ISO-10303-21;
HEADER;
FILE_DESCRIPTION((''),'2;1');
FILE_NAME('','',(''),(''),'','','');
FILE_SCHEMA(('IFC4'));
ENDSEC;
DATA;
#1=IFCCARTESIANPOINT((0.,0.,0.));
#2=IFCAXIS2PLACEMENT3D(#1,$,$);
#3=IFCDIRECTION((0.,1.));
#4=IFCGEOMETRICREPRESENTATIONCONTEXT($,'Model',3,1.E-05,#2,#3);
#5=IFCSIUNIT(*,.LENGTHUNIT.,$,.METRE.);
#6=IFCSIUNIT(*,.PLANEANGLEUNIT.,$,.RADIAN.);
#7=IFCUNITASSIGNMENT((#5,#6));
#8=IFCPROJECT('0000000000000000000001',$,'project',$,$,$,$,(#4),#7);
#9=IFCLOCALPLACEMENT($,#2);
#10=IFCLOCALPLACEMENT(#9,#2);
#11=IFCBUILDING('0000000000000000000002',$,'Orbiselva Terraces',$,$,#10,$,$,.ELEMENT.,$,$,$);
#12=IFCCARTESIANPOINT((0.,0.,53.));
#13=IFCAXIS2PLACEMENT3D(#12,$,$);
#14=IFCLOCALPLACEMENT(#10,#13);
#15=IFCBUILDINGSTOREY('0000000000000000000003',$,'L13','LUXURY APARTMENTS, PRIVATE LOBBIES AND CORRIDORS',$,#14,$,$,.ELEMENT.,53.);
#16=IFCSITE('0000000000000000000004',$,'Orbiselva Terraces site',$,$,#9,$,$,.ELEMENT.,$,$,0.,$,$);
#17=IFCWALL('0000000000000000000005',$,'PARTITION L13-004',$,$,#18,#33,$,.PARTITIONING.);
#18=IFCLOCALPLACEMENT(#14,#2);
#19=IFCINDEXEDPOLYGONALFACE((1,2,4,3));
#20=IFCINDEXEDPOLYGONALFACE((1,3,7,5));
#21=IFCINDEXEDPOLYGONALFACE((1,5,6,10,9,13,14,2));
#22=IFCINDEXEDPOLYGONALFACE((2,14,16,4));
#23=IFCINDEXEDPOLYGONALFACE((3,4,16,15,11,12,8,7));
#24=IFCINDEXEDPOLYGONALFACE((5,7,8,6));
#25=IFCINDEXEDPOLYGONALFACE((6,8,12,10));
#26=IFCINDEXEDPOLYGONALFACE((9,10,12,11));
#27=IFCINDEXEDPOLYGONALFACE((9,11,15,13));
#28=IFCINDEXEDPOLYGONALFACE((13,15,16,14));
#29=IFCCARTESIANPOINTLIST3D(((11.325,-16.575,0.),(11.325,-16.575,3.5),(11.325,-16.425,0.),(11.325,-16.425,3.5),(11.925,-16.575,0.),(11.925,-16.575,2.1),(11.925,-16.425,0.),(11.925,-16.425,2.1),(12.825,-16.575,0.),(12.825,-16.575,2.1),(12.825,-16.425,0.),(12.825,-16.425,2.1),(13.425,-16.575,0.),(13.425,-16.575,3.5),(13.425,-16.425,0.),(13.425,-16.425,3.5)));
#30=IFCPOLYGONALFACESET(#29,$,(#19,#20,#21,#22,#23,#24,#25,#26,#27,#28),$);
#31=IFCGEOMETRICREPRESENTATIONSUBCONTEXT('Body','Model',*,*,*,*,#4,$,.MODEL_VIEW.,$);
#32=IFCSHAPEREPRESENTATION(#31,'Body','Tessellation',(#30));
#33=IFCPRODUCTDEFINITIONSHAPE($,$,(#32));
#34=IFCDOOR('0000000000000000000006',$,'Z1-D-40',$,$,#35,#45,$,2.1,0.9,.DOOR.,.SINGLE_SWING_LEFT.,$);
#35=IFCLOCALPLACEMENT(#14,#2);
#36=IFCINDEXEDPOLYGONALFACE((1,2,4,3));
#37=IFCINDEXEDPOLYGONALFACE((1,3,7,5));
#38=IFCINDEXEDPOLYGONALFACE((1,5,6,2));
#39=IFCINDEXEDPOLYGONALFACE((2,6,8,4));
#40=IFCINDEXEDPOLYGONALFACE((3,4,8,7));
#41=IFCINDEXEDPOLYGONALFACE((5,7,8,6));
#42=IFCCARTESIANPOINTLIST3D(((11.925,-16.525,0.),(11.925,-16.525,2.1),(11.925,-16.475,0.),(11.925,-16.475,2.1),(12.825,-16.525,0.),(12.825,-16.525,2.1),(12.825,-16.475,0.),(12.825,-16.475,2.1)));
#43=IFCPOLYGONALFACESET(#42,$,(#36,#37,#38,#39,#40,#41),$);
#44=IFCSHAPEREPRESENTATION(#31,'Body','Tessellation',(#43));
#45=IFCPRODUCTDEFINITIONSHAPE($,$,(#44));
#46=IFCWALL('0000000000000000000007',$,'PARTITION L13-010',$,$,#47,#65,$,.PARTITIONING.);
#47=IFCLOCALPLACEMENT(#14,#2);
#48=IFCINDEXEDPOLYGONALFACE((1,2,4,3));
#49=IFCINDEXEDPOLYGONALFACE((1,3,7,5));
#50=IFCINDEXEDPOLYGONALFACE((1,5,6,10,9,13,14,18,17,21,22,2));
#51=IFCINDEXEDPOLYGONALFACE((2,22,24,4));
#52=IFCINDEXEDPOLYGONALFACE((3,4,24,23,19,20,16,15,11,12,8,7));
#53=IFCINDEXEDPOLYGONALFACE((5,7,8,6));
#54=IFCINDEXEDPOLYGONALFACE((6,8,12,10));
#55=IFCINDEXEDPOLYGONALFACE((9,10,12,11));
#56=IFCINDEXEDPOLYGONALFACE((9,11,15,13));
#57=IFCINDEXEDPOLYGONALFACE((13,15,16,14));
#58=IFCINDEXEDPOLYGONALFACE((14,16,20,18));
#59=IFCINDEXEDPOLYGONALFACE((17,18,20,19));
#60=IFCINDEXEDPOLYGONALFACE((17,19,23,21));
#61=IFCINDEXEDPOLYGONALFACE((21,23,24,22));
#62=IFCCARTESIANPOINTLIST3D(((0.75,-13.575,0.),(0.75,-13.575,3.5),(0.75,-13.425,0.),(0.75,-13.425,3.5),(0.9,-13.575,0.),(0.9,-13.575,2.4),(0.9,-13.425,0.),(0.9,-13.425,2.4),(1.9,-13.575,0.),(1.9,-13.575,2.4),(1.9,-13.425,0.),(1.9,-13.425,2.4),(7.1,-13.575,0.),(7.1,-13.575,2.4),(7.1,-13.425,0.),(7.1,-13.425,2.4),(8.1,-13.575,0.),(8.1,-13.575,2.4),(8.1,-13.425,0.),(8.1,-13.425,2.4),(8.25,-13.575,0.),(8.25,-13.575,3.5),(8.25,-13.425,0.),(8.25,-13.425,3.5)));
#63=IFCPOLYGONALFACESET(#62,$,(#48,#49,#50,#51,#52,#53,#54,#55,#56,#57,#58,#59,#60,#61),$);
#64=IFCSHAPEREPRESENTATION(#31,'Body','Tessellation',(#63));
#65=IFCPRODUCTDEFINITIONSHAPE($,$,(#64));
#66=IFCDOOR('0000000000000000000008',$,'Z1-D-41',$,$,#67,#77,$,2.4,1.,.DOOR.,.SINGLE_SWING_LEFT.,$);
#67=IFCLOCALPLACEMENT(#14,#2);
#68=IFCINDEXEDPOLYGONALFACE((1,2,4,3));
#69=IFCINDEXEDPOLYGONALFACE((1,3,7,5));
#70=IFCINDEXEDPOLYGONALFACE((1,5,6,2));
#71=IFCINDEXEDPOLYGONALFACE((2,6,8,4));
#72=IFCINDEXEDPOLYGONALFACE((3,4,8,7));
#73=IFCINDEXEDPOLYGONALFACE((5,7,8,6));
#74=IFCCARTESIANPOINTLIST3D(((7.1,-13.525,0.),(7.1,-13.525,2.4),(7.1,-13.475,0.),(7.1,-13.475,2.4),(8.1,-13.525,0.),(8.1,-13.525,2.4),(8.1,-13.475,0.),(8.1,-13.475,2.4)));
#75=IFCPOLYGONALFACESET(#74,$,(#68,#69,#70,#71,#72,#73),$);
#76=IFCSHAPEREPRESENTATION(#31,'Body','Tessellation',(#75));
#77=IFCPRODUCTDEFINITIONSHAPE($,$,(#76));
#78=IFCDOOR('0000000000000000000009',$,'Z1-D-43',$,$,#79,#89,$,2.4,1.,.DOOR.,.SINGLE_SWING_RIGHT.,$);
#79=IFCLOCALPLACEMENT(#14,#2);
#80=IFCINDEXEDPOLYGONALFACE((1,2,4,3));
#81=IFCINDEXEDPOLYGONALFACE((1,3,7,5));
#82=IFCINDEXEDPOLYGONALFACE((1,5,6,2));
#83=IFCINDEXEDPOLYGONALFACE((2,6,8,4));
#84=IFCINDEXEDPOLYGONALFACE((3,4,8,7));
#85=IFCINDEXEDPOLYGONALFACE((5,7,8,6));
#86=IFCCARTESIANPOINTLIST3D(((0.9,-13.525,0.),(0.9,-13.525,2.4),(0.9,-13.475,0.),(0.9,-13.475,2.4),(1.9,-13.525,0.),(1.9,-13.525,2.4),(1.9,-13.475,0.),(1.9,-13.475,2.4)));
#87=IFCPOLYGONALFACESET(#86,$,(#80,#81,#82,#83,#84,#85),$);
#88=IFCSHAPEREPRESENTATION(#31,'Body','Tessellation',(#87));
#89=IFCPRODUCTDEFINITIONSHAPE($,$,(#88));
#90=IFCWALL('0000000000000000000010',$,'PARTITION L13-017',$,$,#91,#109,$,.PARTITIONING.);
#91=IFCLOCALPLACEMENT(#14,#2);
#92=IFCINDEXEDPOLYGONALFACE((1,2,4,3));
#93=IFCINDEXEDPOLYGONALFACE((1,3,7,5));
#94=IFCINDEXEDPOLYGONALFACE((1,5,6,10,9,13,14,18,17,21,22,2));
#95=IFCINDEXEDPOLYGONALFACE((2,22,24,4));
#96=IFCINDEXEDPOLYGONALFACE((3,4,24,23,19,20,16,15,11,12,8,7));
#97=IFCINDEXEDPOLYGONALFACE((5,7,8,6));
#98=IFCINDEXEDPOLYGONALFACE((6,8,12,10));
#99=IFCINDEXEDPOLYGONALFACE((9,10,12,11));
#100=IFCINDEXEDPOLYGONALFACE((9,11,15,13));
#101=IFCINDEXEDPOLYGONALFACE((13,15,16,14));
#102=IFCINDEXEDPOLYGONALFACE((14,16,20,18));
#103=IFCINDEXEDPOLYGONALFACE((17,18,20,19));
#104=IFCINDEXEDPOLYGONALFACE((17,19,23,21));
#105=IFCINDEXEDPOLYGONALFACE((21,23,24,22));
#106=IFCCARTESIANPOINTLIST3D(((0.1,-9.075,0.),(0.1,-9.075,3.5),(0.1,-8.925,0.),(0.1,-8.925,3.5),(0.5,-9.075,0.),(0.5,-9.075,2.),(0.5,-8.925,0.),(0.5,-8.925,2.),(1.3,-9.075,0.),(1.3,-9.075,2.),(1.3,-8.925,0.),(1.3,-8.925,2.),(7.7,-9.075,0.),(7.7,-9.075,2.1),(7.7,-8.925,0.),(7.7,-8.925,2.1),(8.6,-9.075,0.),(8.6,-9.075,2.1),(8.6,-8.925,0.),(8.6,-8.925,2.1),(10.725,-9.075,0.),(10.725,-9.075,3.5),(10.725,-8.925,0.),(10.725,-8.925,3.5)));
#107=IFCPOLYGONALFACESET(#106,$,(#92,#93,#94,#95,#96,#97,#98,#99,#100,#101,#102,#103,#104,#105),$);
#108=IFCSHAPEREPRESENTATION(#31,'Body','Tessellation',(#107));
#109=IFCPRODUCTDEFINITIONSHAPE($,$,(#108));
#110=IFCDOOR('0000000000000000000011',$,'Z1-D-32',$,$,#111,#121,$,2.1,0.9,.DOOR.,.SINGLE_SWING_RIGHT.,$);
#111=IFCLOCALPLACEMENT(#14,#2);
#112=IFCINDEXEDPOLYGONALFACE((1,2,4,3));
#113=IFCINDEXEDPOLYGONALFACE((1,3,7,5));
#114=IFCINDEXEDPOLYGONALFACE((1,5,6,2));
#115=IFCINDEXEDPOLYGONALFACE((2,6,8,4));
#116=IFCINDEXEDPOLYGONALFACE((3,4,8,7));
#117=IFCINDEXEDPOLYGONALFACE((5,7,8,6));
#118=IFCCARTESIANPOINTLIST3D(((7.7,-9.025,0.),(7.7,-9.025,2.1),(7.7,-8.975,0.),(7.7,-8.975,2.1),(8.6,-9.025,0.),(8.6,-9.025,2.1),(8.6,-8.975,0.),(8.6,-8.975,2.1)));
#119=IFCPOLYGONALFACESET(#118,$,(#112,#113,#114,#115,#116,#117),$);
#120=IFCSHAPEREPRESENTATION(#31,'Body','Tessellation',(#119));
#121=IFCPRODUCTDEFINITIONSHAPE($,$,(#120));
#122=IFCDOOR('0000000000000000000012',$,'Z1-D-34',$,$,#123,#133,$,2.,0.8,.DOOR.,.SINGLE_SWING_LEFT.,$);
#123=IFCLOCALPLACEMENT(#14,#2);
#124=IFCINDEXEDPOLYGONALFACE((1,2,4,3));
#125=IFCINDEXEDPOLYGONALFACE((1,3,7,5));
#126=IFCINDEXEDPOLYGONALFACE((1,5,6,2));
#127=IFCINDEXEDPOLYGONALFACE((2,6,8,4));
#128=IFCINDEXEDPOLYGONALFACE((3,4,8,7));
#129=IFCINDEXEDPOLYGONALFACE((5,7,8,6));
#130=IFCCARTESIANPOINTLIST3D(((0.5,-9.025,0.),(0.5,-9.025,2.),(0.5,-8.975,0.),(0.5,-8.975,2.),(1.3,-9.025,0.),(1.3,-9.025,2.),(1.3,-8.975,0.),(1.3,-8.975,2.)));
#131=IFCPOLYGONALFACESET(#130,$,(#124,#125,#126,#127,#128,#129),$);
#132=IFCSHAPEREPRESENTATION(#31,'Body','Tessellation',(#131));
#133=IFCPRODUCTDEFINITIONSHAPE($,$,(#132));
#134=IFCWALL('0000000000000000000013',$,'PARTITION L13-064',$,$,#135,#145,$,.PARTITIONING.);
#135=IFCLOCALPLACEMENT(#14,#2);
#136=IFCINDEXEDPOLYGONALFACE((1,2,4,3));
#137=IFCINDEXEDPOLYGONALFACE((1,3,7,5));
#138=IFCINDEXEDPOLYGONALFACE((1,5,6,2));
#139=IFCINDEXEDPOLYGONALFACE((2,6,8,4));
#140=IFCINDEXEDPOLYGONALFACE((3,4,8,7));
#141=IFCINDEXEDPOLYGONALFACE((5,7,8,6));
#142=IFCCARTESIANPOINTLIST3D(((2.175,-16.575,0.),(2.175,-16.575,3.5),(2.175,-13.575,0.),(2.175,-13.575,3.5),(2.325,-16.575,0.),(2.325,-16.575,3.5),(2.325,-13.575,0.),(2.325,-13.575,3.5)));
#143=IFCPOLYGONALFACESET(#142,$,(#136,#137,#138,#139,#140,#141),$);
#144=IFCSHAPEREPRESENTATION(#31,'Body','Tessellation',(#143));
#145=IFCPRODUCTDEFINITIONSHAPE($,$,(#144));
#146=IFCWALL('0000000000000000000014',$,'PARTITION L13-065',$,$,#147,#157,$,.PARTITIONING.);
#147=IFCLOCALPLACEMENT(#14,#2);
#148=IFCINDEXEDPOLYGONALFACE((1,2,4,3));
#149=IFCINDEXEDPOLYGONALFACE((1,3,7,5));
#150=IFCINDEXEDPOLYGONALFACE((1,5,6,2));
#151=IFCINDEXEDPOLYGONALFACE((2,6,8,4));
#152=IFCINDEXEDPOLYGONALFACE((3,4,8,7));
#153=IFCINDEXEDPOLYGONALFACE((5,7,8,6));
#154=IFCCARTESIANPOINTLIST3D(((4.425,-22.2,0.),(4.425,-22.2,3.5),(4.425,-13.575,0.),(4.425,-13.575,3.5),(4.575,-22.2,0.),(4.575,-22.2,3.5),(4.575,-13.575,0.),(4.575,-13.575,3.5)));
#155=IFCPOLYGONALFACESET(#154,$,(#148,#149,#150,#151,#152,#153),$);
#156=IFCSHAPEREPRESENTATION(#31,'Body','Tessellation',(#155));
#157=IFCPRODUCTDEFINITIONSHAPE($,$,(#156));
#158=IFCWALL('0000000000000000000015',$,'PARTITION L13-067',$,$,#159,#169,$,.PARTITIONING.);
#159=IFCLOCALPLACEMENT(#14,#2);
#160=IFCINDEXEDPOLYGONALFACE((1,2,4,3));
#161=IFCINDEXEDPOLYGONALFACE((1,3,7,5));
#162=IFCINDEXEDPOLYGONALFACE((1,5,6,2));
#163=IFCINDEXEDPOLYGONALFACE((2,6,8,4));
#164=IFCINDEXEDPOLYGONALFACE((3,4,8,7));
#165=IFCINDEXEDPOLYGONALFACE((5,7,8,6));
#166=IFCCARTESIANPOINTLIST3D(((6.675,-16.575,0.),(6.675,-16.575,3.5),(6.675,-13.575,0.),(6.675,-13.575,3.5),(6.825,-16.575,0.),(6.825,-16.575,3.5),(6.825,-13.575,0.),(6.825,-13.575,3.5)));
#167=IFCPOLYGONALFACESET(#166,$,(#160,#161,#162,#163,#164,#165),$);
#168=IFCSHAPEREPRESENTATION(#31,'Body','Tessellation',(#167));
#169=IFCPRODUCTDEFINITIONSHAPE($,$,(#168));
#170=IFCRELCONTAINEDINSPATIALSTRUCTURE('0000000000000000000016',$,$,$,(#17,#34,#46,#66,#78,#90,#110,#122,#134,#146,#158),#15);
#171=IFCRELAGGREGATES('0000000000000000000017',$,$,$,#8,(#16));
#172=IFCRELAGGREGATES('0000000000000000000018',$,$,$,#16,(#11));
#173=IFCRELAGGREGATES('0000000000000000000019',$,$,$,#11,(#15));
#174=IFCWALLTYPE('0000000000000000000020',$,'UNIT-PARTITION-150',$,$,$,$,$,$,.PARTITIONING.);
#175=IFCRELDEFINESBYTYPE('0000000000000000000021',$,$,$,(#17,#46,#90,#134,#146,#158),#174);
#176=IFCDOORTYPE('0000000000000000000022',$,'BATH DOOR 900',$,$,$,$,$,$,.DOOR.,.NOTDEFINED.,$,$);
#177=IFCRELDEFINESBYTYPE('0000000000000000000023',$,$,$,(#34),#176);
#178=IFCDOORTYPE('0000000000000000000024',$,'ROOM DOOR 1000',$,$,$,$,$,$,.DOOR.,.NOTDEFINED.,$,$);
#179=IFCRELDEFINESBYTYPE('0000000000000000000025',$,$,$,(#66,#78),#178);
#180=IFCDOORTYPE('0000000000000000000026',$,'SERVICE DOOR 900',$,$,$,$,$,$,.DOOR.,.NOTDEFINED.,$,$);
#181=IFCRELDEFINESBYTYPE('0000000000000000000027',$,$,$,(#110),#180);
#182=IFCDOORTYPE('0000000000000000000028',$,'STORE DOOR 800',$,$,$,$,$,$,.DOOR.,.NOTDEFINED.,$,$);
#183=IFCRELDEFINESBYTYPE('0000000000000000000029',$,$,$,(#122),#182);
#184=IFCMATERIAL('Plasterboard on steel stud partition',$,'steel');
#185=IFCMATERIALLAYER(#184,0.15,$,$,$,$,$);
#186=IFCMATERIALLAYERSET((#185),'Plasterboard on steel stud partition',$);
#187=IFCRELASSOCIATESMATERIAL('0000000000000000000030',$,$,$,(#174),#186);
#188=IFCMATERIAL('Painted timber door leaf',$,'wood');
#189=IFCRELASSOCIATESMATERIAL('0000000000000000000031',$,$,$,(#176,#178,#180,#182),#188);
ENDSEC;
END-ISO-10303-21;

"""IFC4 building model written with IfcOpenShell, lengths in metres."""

from ifc_helpers import new_model, si_unit, direction, frame, frame_2d, origin, place, context, subcontext, project, spatial, rectangle, extrude, material, layer, layer_set, type_object, element, fill, save


model = new_model("IFC4")

# Units and contexts
model_context = context("Model", 3, precision=1e-05, world=origin(), true_north=direction((0.0, 1.0)))
body_context = subcontext(model_context, "Body", "Model", "MODEL_VIEW")
ifc_project = project(units=[si_unit("LENGTHUNIT", "METRE"), si_unit("PLANEANGLEUNIT", "RADIAN")], contexts=[model_context])

# Site, building, storey
site_placement = place(None, origin())
site = spatial("IfcSite", under=ifc_project, at=site_placement, Name="Orbiselva Terraces site", CompositionType="ELEMENT", RefElevation=0.0)
building_placement = place(site_placement, origin())
building = spatial("IfcBuilding", under=site, at=building_placement, Name="Orbiselva Terraces", CompositionType="ELEMENT")
storey_placement = place(building_placement, frame((0.0, 0.0, 53.0)))
storey = spatial("IfcBuildingStorey", under=building, at=storey_placement, Name="L13", Description="LUXURY APARTMENTS, PRIVATE LOBBIES AND CORRIDORS", CompositionType="ELEMENT", Elevation=53.0)

# Shared definitions
ifc_material_1 = material(Name="Plasterboard on steel stud partition", Category="steel")

# Wall, opening, door
ifc_layer_1 = layer(ifc_material_1, 0.15)
ifc_layer_set_1 = layer_set([ifc_layer_1], Name="Plasterboard on steel stud partition")
wall_type_1 = type_object("IfcWallType", Name="UNIT-PARTITION-150", PredefinedType="PARTITIONING", material=ifc_layer_set_1)
ifc_material_2 = material(Name="Painted timber door leaf", Category="wood")
door_type_1 = type_object("IfcDoorType", Name="BATH DOOR 900", OperationType="NOTDEFINED", PredefinedType="DOOR", material=ifc_material_2)
wall_1_placement = place(storey_placement, frame((11.325, -16.5, 0.0), z_axis=(0.0, 0.0, 1.0), x_axis=(1.0, 0.0, 0.0)))
wall_1 = element("IfcWall", 1, at=wall_1_placement, inside=storey, type_object=wall_type_1, Name="PARTITION L13-004", PredefinedType="PARTITIONING", context=body_context, shape_type="SweptSolid", body=[
    extrude(rectangle(XDim=2.1, YDim=0.15, at=frame_2d((1.05, 0.0))), origin(), (0.0, 0.0, 1.0), 3.5),
])
opening_1_placement = place(wall_1_placement, frame((0.6, 0.0, 0.0)))
opening_1 = element("IfcOpeningElement", 2, at=opening_1_placement, cuts=wall_1, PredefinedType="OPENING", context=body_context, shape_type="SweptSolid", body=[
    extrude(rectangle(XDim=0.9, YDim=2.1, at=frame_2d((0.45, 1.05))), frame((0.0, 0.085, 0.0), z_axis=(0.0, -1.0, 0.0), x_axis=(1.0, 0.0, 0.0)), (0.0, 0.0, 1.0), 0.17),
])
door_1_placement = place(opening_1_placement, origin())
door_1 = element("IfcDoor", 3, at=door_1_placement, inside=storey, type_object=door_type_1, Name="Z1-D-40", OperationType="SINGLE_SWING_LEFT", OverallHeight=2.1, OverallWidth=0.9, PredefinedType="DOOR", context=body_context, shape_type="SweptSolid", body=[
    extrude(rectangle(XDim=0.9, YDim=2.1, at=frame_2d((0.45, 1.05))), frame((0.0, 0.025, 0.0), z_axis=(0.0, -1.0, 0.0), x_axis=(1.0, 0.0, 0.0)), (0.0, 0.0, 1.0), 0.05),
])
fill(opening_1, door_1)

# Walls, openings, doors
wall_2_placement = place(storey_placement, frame((8.25, -13.5, 0.0), z_axis=(0.0, 0.0, 1.0), x_axis=(-1.0, 0.0, 0.0)))
wall_2 = element("IfcWall", 4, at=wall_2_placement, inside=storey, type_object=wall_type_1, Name="PARTITION L13-010", PredefinedType="PARTITIONING", context=body_context, shape_type="SweptSolid", body=[
    extrude(rectangle(XDim=7.5, YDim=0.15, at=frame_2d((3.75, 0.0))), origin(), (0.0, 0.0, 1.0), 3.5),
])
opening_2_placement = place(wall_2_placement, frame((0.15, 0.0, 0.0)))
opening_2 = element("IfcOpeningElement", 5, at=opening_2_placement, cuts=wall_2, PredefinedType="OPENING", context=body_context, shape_type="SweptSolid", body=[
    extrude(rectangle(XDim=1.0, YDim=2.4, at=frame_2d((0.5, 1.2))), frame((0.0, 0.085, 0.0), z_axis=(0.0, -1.0, 0.0), x_axis=(1.0, 0.0, 0.0)), (0.0, 0.0, 1.0), 0.17),
])
opening_3_placement = place(wall_2_placement, frame((6.35, 0.0, 0.0)))
opening_3 = element("IfcOpeningElement", 6, at=opening_3_placement, cuts=wall_2, PredefinedType="OPENING", context=body_context, shape_type="SweptSolid", body=[
    extrude(rectangle(XDim=1.0, YDim=2.4, at=frame_2d((0.5, 1.2))), frame((0.0, 0.085, 0.0), z_axis=(0.0, -1.0, 0.0), x_axis=(1.0, 0.0, 0.0)), (0.0, 0.0, 1.0), 0.17),
])
door_type_2 = type_object("IfcDoorType", Name="ROOM DOOR 1000", OperationType="NOTDEFINED", PredefinedType="DOOR", material=ifc_material_2)
door_2_placement = place(opening_2_placement, origin())
door_2 = element("IfcDoor", 7, at=door_2_placement, inside=storey, type_object=door_type_2, Name="Z1-D-41", OperationType="SINGLE_SWING_LEFT", OverallHeight=2.4, OverallWidth=1.0, PredefinedType="DOOR", context=body_context, shape_type="SweptSolid", body=[
    extrude(rectangle(XDim=1.0, YDim=2.4, at=frame_2d((0.5, 1.2))), frame((0.0, 0.025, 0.0), z_axis=(0.0, -1.0, 0.0), x_axis=(1.0, 0.0, 0.0)), (0.0, 0.0, 1.0), 0.05),
])
fill(opening_2, door_2)
door_3_placement = place(opening_3_placement, origin())
door_3 = element("IfcDoor", 8, at=door_3_placement, inside=storey, type_object=door_type_2, Name="Z1-D-43", OperationType="SINGLE_SWING_RIGHT", OverallHeight=2.4, OverallWidth=1.0, PredefinedType="DOOR", context=body_context, shape_type="SweptSolid", body=[
    extrude(rectangle(XDim=1.0, YDim=2.4, at=frame_2d((0.5, 1.2))), frame((0.0, 0.025, 0.0), z_axis=(0.0, -1.0, 0.0), x_axis=(1.0, 0.0, 0.0)), (0.0, 0.0, 1.0), 0.05),
])
fill(opening_3, door_3)
wall_3_placement = place(storey_placement, frame((0.1, -9.0, 0.0), z_axis=(0.0, 0.0, 1.0), x_axis=(1.0, 0.0, 0.0)))
wall_3 = element("IfcWall", 9, at=wall_3_placement, inside=storey, type_object=wall_type_1, Name="PARTITION L13-017", PredefinedType="PARTITIONING", context=body_context, shape_type="SweptSolid", body=[
    extrude(rectangle(XDim=10.625, YDim=0.15, at=frame_2d((5.3125, 0.0))), origin(), (0.0, 0.0, 1.0), 3.5),
])
opening_4_placement = place(wall_3_placement, frame((7.6, 0.0, 0.0)))
opening_4 = element("IfcOpeningElement", 10, at=opening_4_placement, cuts=wall_3, PredefinedType="OPENING", context=body_context, shape_type="SweptSolid", body=[
    extrude(rectangle(XDim=0.9, YDim=2.1, at=frame_2d((0.45, 1.05))), frame((0.0, 0.085, 0.0), z_axis=(0.0, -1.0, 0.0), x_axis=(1.0, 0.0, 0.0)), (0.0, 0.0, 1.0), 0.17),
])
opening_5_placement = place(wall_3_placement, frame((0.4, 0.0, 0.0)))
opening_5 = element("IfcOpeningElement", 11, at=opening_5_placement, cuts=wall_3, PredefinedType="OPENING", context=body_context, shape_type="SweptSolid", body=[
    extrude(rectangle(XDim=0.8, YDim=2.0, at=frame_2d((0.4, 1.0))), frame((0.0, 0.085, 0.0), z_axis=(0.0, -1.0, 0.0), x_axis=(1.0, 0.0, 0.0)), (0.0, 0.0, 1.0), 0.17),
])
door_type_3 = type_object("IfcDoorType", Name="SERVICE DOOR 900", OperationType="NOTDEFINED", PredefinedType="DOOR", material=ifc_material_2)
door_4_placement = place(opening_4_placement, origin())
door_4 = element("IfcDoor", 12, at=door_4_placement, inside=storey, type_object=door_type_3, Name="Z1-D-32", OperationType="SINGLE_SWING_RIGHT", OverallHeight=2.1, OverallWidth=0.9, PredefinedType="DOOR", context=body_context, shape_type="SweptSolid", body=[
    extrude(rectangle(XDim=0.9, YDim=2.1, at=frame_2d((0.45, 1.05))), frame((0.0, 0.025, 0.0), z_axis=(0.0, -1.0, 0.0), x_axis=(1.0, 0.0, 0.0)), (0.0, 0.0, 1.0), 0.05),
])
fill(opening_4, door_4)
door_type_4 = type_object("IfcDoorType", Name="STORE DOOR 800", OperationType="NOTDEFINED", PredefinedType="DOOR", material=ifc_material_2)
door_5_placement = place(opening_5_placement, origin())
door_5 = element("IfcDoor", 13, at=door_5_placement, inside=storey, type_object=door_type_4, Name="Z1-D-34", OperationType="SINGLE_SWING_LEFT", OverallHeight=2.0, OverallWidth=0.8, PredefinedType="DOOR", context=body_context, shape_type="SweptSolid", body=[
    extrude(rectangle(XDim=0.8, YDim=2.0, at=frame_2d((0.4, 1.0))), frame((0.0, 0.025, 0.0), z_axis=(0.0, -1.0, 0.0), x_axis=(1.0, 0.0, 0.0)), (0.0, 0.0, 1.0), 0.05),
])
fill(opening_5, door_5)

# Walls
wall_4_placement = place(storey_placement, frame((2.25, -16.575, 0.0), z_axis=(0.0, 0.0, 1.0), x_axis=(0.0, 1.0, 0.0)))
element("IfcWall", 14, at=wall_4_placement, inside=storey, type_object=wall_type_1, Name="PARTITION L13-064", PredefinedType="PARTITIONING", context=body_context, shape_type="SweptSolid", body=[
    extrude(rectangle(XDim=3.0, YDim=0.15, at=frame_2d((1.5, 0.0))), origin(), (0.0, 0.0, 1.0), 3.5),
])
wall_5_placement = place(storey_placement, frame((4.5, -22.2, 0.0), z_axis=(0.0, 0.0, 1.0), x_axis=(0.0, 1.0, 0.0)))
element("IfcWall", 15, at=wall_5_placement, inside=storey, type_object=wall_type_1, Name="PARTITION L13-065", PredefinedType="PARTITIONING", context=body_context, shape_type="SweptSolid", body=[
    extrude(rectangle(XDim=8.625, YDim=0.15, at=frame_2d((4.3125, 0.0))), origin(), (0.0, 0.0, 1.0), 3.5),
])
wall_6_placement = place(storey_placement, frame((6.75, -16.575, 0.0), z_axis=(0.0, 0.0, 1.0), x_axis=(0.0, 1.0, 0.0)))
element("IfcWall", 16, at=wall_6_placement, inside=storey, type_object=wall_type_1, Name="PARTITION L13-067", PredefinedType="PARTITIONING", context=body_context, shape_type="SweptSolid", body=[
    extrude(rectangle(XDim=3.0, YDim=0.15, at=frame_2d((1.5, 0.0))), origin(), (0.0, 0.0, 1.0), 3.5),
])

save(model, "model.ifc")
